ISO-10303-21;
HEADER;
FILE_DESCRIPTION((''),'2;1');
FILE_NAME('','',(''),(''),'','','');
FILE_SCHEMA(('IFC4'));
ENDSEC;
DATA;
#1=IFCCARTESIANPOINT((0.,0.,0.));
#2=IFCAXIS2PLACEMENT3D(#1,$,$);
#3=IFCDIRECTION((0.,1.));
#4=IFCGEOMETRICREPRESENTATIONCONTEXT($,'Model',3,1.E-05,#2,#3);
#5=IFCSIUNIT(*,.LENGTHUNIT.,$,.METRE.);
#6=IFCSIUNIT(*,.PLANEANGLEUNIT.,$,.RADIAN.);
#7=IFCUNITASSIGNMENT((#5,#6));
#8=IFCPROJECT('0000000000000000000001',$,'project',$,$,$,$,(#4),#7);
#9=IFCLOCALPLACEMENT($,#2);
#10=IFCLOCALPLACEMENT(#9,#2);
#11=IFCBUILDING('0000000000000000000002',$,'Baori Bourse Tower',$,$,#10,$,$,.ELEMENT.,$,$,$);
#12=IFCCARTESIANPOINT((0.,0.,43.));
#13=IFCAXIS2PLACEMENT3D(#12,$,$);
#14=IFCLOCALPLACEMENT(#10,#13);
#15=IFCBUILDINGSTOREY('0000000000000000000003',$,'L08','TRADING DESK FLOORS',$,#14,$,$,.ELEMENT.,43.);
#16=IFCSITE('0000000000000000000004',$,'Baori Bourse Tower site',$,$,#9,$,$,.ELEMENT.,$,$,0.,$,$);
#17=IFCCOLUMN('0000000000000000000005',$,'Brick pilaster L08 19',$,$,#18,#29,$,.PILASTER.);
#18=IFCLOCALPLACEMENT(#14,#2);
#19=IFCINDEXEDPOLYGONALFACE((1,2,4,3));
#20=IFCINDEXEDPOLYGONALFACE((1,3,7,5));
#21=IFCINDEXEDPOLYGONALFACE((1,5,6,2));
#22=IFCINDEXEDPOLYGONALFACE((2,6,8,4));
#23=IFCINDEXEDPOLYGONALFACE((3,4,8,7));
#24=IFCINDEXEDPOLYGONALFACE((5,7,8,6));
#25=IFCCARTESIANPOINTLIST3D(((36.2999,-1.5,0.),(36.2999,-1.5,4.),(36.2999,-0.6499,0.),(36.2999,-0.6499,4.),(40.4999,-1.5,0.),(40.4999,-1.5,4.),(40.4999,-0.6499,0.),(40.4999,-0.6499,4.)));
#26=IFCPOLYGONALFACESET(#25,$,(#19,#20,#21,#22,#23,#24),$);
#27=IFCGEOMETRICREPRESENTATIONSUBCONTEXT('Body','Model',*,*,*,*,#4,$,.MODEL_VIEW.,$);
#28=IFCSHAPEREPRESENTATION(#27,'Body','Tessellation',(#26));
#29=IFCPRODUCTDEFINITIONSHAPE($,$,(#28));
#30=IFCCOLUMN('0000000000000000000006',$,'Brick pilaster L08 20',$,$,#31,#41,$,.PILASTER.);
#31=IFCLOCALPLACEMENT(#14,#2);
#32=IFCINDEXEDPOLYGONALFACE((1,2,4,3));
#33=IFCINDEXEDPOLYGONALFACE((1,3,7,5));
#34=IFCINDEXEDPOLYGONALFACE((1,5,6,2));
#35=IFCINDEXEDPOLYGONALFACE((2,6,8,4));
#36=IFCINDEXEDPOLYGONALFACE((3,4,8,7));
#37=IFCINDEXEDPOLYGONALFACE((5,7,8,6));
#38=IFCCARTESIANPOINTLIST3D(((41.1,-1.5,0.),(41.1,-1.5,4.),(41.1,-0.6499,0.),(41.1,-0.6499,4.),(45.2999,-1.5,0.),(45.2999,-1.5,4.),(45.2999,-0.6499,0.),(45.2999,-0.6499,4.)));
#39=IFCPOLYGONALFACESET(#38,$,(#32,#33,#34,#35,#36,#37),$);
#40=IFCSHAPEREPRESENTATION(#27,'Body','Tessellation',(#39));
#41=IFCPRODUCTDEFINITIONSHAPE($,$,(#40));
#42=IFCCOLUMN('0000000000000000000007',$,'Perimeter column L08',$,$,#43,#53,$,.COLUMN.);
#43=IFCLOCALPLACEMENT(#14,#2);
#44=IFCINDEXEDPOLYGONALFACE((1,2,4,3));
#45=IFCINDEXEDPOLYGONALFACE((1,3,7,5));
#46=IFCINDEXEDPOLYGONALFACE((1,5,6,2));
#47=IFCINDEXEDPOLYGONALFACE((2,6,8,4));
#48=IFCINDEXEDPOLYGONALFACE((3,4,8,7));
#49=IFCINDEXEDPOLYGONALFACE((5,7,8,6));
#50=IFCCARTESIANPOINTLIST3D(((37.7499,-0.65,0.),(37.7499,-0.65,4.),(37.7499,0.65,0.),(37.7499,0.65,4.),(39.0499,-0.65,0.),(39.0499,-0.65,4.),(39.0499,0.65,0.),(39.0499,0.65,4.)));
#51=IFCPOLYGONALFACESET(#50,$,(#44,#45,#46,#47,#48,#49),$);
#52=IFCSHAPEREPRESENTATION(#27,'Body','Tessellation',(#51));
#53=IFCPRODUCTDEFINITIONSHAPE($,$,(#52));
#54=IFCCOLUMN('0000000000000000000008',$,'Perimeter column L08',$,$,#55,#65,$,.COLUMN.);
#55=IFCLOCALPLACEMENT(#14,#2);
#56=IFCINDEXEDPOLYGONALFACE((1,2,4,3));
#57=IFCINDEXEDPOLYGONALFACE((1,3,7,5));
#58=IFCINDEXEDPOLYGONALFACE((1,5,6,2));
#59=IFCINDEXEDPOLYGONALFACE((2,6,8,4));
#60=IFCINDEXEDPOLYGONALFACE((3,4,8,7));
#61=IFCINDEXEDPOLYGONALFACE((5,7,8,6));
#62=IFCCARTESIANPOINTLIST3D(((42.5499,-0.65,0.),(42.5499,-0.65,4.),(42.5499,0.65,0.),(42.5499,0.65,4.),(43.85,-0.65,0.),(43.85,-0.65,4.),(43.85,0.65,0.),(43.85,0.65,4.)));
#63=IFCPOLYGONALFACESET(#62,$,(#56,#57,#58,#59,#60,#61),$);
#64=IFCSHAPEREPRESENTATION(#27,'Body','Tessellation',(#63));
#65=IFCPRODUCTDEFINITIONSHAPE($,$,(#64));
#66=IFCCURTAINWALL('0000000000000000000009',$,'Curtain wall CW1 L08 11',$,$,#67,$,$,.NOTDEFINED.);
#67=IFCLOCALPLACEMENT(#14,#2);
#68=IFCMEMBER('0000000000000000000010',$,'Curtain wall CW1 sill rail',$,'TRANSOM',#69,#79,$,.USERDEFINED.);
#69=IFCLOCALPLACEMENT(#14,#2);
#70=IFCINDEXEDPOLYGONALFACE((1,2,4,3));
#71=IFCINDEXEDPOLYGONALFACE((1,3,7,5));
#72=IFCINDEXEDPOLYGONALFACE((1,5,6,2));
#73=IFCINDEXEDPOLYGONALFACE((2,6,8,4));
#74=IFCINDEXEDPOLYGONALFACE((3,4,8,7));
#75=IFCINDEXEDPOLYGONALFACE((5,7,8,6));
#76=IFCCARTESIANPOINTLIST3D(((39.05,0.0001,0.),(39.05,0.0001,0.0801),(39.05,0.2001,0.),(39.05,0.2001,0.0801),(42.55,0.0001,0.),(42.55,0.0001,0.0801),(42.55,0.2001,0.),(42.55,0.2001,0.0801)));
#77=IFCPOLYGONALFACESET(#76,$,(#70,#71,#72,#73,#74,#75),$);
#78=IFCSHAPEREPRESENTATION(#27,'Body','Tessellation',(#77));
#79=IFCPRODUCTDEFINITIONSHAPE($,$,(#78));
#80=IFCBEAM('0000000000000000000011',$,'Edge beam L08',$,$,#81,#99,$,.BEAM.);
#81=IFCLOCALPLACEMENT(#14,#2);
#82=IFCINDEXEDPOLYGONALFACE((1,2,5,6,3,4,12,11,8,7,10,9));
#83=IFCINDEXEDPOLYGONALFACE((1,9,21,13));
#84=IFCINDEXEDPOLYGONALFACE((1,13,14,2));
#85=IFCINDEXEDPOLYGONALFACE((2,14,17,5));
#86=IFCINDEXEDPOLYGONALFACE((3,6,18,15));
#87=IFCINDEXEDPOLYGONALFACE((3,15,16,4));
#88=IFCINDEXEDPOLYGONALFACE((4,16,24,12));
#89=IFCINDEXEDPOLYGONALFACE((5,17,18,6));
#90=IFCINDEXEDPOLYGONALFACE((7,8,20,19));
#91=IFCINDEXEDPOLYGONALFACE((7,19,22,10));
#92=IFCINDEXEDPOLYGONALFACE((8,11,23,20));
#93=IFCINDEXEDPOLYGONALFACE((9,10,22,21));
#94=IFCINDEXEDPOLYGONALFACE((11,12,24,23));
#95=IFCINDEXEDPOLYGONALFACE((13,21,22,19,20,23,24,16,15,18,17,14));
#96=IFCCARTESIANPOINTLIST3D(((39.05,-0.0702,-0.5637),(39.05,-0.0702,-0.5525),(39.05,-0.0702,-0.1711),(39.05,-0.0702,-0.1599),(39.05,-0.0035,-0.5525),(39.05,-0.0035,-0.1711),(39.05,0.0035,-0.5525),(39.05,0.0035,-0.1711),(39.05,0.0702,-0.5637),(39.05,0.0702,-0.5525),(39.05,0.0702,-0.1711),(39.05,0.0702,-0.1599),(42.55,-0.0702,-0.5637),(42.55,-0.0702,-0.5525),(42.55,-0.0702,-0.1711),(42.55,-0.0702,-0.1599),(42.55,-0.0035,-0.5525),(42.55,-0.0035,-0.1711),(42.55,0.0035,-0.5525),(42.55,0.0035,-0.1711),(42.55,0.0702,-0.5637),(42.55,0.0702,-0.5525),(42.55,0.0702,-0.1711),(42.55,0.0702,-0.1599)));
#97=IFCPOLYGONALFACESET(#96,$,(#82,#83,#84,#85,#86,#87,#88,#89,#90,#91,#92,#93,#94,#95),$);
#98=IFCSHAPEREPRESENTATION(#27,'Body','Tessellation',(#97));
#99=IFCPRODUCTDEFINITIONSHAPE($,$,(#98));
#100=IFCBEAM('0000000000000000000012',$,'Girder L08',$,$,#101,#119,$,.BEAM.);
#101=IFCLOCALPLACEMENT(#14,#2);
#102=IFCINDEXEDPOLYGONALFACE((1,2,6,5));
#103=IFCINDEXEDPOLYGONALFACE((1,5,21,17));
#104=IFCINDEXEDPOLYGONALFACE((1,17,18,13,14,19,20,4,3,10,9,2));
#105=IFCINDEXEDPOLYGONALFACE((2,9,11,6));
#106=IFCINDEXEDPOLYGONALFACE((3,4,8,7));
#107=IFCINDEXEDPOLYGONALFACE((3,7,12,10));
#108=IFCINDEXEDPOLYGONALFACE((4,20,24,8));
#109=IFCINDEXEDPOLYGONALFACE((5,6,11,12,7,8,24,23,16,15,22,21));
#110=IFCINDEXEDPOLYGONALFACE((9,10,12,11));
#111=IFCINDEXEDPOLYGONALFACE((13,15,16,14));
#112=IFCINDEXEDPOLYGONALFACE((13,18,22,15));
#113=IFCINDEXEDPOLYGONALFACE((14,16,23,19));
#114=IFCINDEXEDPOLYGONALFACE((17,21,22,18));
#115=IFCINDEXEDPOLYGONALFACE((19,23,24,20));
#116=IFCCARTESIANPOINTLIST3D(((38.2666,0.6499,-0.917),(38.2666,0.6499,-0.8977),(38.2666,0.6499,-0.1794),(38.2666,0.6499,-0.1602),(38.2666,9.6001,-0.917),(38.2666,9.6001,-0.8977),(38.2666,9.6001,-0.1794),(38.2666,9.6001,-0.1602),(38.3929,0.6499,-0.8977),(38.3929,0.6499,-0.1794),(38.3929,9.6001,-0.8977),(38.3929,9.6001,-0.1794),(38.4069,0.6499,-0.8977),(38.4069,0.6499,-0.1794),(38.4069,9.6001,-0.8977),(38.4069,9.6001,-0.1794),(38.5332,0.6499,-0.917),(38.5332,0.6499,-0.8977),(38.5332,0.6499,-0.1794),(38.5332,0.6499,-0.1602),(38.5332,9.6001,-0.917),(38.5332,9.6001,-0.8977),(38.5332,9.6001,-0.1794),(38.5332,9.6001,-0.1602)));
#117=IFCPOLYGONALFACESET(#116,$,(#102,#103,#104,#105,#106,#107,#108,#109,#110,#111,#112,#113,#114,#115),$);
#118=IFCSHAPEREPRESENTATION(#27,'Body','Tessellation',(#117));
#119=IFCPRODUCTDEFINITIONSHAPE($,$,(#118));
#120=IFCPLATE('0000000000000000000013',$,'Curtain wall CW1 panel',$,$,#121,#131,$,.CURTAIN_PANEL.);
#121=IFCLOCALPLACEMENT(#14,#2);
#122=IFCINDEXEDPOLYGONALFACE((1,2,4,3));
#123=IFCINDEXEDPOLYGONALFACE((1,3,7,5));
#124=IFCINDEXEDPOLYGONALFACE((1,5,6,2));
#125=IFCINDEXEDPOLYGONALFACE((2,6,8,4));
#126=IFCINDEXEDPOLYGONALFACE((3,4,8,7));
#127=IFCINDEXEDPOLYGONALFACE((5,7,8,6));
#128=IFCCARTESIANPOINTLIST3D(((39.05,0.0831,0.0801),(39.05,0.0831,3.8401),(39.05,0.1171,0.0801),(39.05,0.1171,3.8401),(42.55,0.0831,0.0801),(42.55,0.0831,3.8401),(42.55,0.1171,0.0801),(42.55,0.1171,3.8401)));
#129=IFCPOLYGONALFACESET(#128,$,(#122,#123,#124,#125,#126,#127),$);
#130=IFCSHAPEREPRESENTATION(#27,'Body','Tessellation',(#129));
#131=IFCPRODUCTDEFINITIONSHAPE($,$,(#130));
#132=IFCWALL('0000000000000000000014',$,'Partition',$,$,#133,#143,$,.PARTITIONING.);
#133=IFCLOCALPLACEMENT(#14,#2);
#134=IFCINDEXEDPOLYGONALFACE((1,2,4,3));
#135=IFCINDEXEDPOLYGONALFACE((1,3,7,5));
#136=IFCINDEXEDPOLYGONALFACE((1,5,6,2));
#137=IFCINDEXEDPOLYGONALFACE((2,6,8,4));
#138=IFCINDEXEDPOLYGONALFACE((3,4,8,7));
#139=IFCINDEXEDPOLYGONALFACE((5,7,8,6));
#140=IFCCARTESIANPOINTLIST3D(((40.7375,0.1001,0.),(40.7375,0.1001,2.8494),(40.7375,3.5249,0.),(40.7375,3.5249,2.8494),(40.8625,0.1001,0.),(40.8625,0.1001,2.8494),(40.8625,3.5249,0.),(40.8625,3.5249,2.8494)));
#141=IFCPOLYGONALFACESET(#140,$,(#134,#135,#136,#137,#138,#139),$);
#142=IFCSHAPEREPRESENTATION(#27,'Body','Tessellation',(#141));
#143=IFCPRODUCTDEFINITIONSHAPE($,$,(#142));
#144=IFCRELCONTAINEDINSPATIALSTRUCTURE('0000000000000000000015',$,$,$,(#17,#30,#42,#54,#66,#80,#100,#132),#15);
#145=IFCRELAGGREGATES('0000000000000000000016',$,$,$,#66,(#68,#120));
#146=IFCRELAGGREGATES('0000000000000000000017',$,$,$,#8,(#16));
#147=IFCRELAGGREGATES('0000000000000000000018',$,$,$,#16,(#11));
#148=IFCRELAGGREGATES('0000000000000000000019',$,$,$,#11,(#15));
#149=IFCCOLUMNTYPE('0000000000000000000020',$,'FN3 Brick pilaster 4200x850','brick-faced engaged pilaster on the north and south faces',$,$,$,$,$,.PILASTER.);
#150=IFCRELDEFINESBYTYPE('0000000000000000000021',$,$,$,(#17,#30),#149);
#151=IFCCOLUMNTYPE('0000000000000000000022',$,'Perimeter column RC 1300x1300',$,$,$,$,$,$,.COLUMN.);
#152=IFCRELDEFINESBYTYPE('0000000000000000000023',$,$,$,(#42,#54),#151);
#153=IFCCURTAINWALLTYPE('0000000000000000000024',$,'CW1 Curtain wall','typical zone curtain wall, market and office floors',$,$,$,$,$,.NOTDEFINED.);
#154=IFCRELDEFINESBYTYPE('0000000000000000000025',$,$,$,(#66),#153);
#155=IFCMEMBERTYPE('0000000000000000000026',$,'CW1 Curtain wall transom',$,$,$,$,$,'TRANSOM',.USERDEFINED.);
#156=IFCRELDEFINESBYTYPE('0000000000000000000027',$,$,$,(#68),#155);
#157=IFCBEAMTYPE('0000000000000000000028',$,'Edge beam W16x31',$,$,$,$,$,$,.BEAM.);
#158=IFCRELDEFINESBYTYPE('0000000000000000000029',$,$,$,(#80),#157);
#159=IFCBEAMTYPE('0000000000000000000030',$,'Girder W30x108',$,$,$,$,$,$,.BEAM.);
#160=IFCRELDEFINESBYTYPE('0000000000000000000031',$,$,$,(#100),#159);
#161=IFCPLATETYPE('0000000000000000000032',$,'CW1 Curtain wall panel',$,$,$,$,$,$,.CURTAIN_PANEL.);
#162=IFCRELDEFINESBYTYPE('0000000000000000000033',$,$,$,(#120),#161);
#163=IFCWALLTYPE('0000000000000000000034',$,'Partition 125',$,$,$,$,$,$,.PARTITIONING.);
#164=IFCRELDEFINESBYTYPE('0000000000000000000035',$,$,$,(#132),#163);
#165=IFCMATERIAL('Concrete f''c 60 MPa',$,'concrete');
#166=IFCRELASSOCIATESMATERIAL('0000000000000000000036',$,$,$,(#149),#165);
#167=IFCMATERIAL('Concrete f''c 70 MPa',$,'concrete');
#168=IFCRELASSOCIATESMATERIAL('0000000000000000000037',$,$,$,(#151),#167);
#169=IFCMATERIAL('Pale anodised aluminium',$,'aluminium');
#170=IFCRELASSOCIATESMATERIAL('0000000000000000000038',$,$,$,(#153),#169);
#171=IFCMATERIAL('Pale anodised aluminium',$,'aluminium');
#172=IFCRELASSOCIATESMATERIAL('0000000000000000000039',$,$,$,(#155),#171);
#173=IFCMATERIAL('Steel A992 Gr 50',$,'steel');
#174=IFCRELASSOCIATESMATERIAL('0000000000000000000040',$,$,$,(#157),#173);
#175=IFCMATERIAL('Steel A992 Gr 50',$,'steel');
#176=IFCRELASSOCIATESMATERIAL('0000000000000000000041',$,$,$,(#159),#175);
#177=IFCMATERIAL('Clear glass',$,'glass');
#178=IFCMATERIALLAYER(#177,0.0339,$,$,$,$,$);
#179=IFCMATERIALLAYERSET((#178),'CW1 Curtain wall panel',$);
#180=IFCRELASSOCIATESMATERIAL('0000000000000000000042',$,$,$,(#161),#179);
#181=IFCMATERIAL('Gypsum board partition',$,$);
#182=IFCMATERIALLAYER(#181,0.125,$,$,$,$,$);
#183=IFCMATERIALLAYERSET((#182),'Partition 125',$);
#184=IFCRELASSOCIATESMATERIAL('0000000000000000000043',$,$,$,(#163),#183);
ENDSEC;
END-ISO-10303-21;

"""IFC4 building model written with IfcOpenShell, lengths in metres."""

from ifc_helpers import new_model, si_unit, direction, frame, frame_2d, origin, origin_2d, place, context, subcontext, project, spatial, rectangle, i_section, extrude, material, layer, layer_set, material_profile, profile_set, type_object, element, aggregate, save


model = new_model("IFC4")

# Units and contexts
model_context = context("Model", 3, precision=1e-05, world=origin(), true_north=direction((0.0, 1.0)))
body_context = subcontext(model_context, "Body", "Model", "MODEL_VIEW")
ifc_project = project(units=[si_unit("LENGTHUNIT", "METRE"), si_unit("PLANEANGLEUNIT", "RADIAN")], contexts=[model_context])

# Site, building, storey
site_placement = place(None, origin())
site = spatial("IfcSite", under=ifc_project, at=site_placement, Name="Baori Bourse Tower site", CompositionType="ELEMENT", RefElevation=0.0)
building_placement = place(site_placement, origin())
building = spatial("IfcBuilding", under=site, at=building_placement, Name="Baori Bourse Tower", CompositionType="ELEMENT")
storey_placement = place(building_placement, frame((0.0, 0.0, 43.0)))
storey = spatial("IfcBuildingStorey", under=building, at=storey_placement, Name="L08", Description="TRADING DESK FLOORS", CompositionType="ELEMENT", Elevation=43.0)

# Columns
ifc_material_1 = material(Name="Concrete f'c 60 MPa", Category="concrete")
ifc_material_profile_1 = material_profile(ifc_material_1, rectangle(XDim=4.2, YDim=0.8501, at=origin_2d()), Name="RC 4200x850")
ifc_profile_set_1 = profile_set([ifc_material_profile_1], Name="Concrete f'c 60 MPa")
column_type_1 = type_object("IfcColumnType", Name="FN3 Brick pilaster 4200x850", Description="brick-faced engaged pilaster on the north and south faces", PredefinedType="PILASTER", material=ifc_profile_set_1)
for number, where, z_axis, x_axis, name in (
    (1, (38.3999, -1.075, 0.0), (0.0, 0.0, 1.0), (1.0, 0.0, 0.0), "Brick pilaster L08 19"),
    (2, (43.2, -1.075, 0.0), (0.0, 0.0, 1.0), (1.0, 0.0, 0.0), "Brick pilaster L08 20"),
):
    element("IfcColumn", number, at=place(storey_placement, frame(where, z_axis=z_axis, x_axis=x_axis)), inside=storey, type_object=column_type_1, Name=name, PredefinedType="PILASTER", context=body_context, shape_type="SweptSolid", body=[
        extrude(rectangle(XDim=4.2, YDim=0.8501, at=origin_2d()), origin(), (0.0, 0.0, 1.0), 4.0),
    ])
ifc_material_2 = material(Name="Concrete f'c 70 MPa", Category="concrete")
ifc_material_profile_2 = material_profile(ifc_material_2, rectangle(XDim=1.3, YDim=1.3, at=origin_2d()), Name="RC 1300x1300")
ifc_profile_set_2 = profile_set([ifc_material_profile_2], Name="Concrete f'c 70 MPa")
column_type_2 = type_object("IfcColumnType", Name="Perimeter column RC 1300x1300", PredefinedType="COLUMN", material=ifc_profile_set_2)
for number, where, z_axis, x_axis, name in (
    (3, (38.3999, 0.0, 0.0), (0.0, 0.0, 1.0), (1.0, 0.0, 0.0), "Perimeter column L08"),
    (4, (43.2, 0.0, 0.0), (0.0, 0.0, 1.0), (1.0, 0.0, 0.0), "Perimeter column L08"),
):
    element("IfcColumn", number, at=place(storey_placement, frame(where, z_axis=z_axis, x_axis=x_axis)), inside=storey, type_object=column_type_2, Name=name, PredefinedType="COLUMN", context=body_context, shape_type="SweptSolid", body=[
        extrude(rectangle(XDim=1.3, YDim=1.3, at=origin_2d()), origin(), (0.0, 0.0, 1.0), 4.0),
    ])

# Curtain wall, member
ifc_material_3 = material(Name="Pale anodised aluminium", Category="aluminium")
curtain_wall_type = type_object("IfcCurtainWallType", Name="CW1 Curtain wall", Description="typical zone curtain wall, market and office floors", PredefinedType="NOTDEFINED", material=ifc_material_3)
curtain_wall_placement = place(storey_placement, origin())
curtain_wall = element("IfcCurtainWall", 5, at=curtain_wall_placement, inside=storey, type_object=curtain_wall_type, Name="Curtain wall CW1 L08 11", PredefinedType="NOTDEFINED")
ifc_material_4 = material(Name="Pale anodised aluminium", Category="aluminium")
ifc_material_profile_3 = material_profile(ifc_material_4, rectangle(XDim=0.2, YDim=0.0801, at=origin_2d()), Name="Transom 80x200")
ifc_profile_set_3 = profile_set([ifc_material_profile_3], Name="Pale anodised aluminium")
member_type = type_object("IfcMemberType", Name="CW1 Curtain wall transom", ElementType="TRANSOM", PredefinedType="USERDEFINED", material=ifc_profile_set_3)
member_placement = place(storey_placement, frame((39.05, 0.1001, 0.04), z_axis=(1.0, 0.0, 0.0), x_axis=(0.0, 1.0, 0.0)))
member = element("IfcMember", 6, at=member_placement, type_object=member_type, Name="Curtain wall CW1 sill rail", ObjectType="TRANSOM", PredefinedType="USERDEFINED", context=body_context, shape_type="SweptSolid", body=[
    extrude(rectangle(XDim=0.2, YDim=0.0801, at=origin_2d()), origin(), (0.0, 0.0, 1.0), 3.5),
])

# Beams
ifc_material_5 = material(Name="Steel A992 Gr 50", Category="steel")
ifc_material_profile_4 = material_profile(ifc_material_5, i_section(OverallWidth=0.1404, OverallDepth=0.4038, WebThickness=0.0071, FlangeThickness=0.0112, at=origin_2d()), Name="W16x31")
ifc_profile_set_4 = profile_set([ifc_material_profile_4], Name="Steel A992 Gr 50")
beam_type_1 = type_object("IfcBeamType", Name="Edge beam W16x31", PredefinedType="BEAM", material=ifc_profile_set_4)
beam_1_placement = place(storey_placement, frame((39.05, 0.0, -0.3618), z_axis=(1.0, 0.0, 0.0), x_axis=(0.0, 1.0, 0.0)))
element("IfcBeam", 7, at=beam_1_placement, inside=storey, type_object=beam_type_1, Name="Edge beam L08", PredefinedType="BEAM", context=body_context, shape_type="SweptSolid", body=[
    extrude(i_section(OverallWidth=0.1404, OverallDepth=0.4038, WebThickness=0.0071, FlangeThickness=0.0112, at=origin_2d()), origin(), (0.0, 0.0, 1.0), 3.5),
])
ifc_material_6 = material(Name="Steel A992 Gr 50", Category="steel")
ifc_material_profile_5 = material_profile(ifc_material_6, i_section(OverallWidth=0.2666, OverallDepth=0.7568, WebThickness=0.0139, FlangeThickness=0.0193, at=origin_2d()), Name="W30x108")
ifc_profile_set_5 = profile_set([ifc_material_profile_5], Name="Steel A992 Gr 50")
beam_type_2 = type_object("IfcBeamType", Name="Girder W30x108", PredefinedType="BEAM", material=ifc_profile_set_5)
beam_2_placement = place(storey_placement, frame((38.3999, 0.6499, -0.5386), z_axis=(0.0, 1.0, 0.0), x_axis=(-1.0, 0.0, 0.0)))
element("IfcBeam", 8, at=beam_2_placement, inside=storey, type_object=beam_type_2, Name="Girder L08", PredefinedType="BEAM", context=body_context, shape_type="SweptSolid", body=[
    extrude(i_section(OverallWidth=0.2666, OverallDepth=0.7568, WebThickness=0.0139, FlangeThickness=0.0193, at=origin_2d()), origin(), (0.0, 0.0, 1.0), 8.9502),
])

# Plate
ifc_material_7 = material(Name="Clear glass", Category="glass")
ifc_layer_1 = layer(ifc_material_7, 0.0339)
ifc_layer_set_1 = layer_set([ifc_layer_1], Name="CW1 Curtain wall panel")
plate_type = type_object("IfcPlateType", Name="CW1 Curtain wall panel", PredefinedType="CURTAIN_PANEL", material=ifc_layer_set_1)
plate_placement = place(storey_placement, frame((40.8, 0.1001, 0.0801), z_axis=(0.0, 0.0, 1.0), x_axis=(1.0, 0.0, 0.0)))
plate = element("IfcPlate", 9, at=plate_placement, type_object=plate_type, Name="Curtain wall CW1 panel", PredefinedType="CURTAIN_PANEL", context=body_context, shape_type="SweptSolid", body=[
    extrude(rectangle(XDim=3.5, YDim=0.0339, at=origin_2d()), origin(), (0.0, 0.0, 1.0), 3.76),
])
aggregate(curtain_wall, [member, plate])

# Wall
ifc_material_8 = material(Name="Gypsum board partition")
ifc_layer_2 = layer(ifc_material_8, 0.125)
ifc_layer_set_2 = layer_set([ifc_layer_2], Name="Partition 125")
wall_type = type_object("IfcWallType", Name="Partition 125", PredefinedType="PARTITIONING", material=ifc_layer_set_2)
wall_placement = place(storey_placement, frame((40.8, 0.1001, 0.0), z_axis=(0.0, 0.0, 1.0), x_axis=(0.0, 1.0, 0.0)))
element("IfcWall", 10, at=wall_placement, inside=storey, type_object=wall_type, Name="Partition", PredefinedType="PARTITIONING", context=body_context, shape_type="SweptSolid", body=[
    extrude(rectangle(XDim=3.4248, YDim=0.125, at=frame_2d((1.7124, 0.0))), origin(), (0.0, 0.0, 1.0), 2.8494),
])

save(model, "model.ifc")
